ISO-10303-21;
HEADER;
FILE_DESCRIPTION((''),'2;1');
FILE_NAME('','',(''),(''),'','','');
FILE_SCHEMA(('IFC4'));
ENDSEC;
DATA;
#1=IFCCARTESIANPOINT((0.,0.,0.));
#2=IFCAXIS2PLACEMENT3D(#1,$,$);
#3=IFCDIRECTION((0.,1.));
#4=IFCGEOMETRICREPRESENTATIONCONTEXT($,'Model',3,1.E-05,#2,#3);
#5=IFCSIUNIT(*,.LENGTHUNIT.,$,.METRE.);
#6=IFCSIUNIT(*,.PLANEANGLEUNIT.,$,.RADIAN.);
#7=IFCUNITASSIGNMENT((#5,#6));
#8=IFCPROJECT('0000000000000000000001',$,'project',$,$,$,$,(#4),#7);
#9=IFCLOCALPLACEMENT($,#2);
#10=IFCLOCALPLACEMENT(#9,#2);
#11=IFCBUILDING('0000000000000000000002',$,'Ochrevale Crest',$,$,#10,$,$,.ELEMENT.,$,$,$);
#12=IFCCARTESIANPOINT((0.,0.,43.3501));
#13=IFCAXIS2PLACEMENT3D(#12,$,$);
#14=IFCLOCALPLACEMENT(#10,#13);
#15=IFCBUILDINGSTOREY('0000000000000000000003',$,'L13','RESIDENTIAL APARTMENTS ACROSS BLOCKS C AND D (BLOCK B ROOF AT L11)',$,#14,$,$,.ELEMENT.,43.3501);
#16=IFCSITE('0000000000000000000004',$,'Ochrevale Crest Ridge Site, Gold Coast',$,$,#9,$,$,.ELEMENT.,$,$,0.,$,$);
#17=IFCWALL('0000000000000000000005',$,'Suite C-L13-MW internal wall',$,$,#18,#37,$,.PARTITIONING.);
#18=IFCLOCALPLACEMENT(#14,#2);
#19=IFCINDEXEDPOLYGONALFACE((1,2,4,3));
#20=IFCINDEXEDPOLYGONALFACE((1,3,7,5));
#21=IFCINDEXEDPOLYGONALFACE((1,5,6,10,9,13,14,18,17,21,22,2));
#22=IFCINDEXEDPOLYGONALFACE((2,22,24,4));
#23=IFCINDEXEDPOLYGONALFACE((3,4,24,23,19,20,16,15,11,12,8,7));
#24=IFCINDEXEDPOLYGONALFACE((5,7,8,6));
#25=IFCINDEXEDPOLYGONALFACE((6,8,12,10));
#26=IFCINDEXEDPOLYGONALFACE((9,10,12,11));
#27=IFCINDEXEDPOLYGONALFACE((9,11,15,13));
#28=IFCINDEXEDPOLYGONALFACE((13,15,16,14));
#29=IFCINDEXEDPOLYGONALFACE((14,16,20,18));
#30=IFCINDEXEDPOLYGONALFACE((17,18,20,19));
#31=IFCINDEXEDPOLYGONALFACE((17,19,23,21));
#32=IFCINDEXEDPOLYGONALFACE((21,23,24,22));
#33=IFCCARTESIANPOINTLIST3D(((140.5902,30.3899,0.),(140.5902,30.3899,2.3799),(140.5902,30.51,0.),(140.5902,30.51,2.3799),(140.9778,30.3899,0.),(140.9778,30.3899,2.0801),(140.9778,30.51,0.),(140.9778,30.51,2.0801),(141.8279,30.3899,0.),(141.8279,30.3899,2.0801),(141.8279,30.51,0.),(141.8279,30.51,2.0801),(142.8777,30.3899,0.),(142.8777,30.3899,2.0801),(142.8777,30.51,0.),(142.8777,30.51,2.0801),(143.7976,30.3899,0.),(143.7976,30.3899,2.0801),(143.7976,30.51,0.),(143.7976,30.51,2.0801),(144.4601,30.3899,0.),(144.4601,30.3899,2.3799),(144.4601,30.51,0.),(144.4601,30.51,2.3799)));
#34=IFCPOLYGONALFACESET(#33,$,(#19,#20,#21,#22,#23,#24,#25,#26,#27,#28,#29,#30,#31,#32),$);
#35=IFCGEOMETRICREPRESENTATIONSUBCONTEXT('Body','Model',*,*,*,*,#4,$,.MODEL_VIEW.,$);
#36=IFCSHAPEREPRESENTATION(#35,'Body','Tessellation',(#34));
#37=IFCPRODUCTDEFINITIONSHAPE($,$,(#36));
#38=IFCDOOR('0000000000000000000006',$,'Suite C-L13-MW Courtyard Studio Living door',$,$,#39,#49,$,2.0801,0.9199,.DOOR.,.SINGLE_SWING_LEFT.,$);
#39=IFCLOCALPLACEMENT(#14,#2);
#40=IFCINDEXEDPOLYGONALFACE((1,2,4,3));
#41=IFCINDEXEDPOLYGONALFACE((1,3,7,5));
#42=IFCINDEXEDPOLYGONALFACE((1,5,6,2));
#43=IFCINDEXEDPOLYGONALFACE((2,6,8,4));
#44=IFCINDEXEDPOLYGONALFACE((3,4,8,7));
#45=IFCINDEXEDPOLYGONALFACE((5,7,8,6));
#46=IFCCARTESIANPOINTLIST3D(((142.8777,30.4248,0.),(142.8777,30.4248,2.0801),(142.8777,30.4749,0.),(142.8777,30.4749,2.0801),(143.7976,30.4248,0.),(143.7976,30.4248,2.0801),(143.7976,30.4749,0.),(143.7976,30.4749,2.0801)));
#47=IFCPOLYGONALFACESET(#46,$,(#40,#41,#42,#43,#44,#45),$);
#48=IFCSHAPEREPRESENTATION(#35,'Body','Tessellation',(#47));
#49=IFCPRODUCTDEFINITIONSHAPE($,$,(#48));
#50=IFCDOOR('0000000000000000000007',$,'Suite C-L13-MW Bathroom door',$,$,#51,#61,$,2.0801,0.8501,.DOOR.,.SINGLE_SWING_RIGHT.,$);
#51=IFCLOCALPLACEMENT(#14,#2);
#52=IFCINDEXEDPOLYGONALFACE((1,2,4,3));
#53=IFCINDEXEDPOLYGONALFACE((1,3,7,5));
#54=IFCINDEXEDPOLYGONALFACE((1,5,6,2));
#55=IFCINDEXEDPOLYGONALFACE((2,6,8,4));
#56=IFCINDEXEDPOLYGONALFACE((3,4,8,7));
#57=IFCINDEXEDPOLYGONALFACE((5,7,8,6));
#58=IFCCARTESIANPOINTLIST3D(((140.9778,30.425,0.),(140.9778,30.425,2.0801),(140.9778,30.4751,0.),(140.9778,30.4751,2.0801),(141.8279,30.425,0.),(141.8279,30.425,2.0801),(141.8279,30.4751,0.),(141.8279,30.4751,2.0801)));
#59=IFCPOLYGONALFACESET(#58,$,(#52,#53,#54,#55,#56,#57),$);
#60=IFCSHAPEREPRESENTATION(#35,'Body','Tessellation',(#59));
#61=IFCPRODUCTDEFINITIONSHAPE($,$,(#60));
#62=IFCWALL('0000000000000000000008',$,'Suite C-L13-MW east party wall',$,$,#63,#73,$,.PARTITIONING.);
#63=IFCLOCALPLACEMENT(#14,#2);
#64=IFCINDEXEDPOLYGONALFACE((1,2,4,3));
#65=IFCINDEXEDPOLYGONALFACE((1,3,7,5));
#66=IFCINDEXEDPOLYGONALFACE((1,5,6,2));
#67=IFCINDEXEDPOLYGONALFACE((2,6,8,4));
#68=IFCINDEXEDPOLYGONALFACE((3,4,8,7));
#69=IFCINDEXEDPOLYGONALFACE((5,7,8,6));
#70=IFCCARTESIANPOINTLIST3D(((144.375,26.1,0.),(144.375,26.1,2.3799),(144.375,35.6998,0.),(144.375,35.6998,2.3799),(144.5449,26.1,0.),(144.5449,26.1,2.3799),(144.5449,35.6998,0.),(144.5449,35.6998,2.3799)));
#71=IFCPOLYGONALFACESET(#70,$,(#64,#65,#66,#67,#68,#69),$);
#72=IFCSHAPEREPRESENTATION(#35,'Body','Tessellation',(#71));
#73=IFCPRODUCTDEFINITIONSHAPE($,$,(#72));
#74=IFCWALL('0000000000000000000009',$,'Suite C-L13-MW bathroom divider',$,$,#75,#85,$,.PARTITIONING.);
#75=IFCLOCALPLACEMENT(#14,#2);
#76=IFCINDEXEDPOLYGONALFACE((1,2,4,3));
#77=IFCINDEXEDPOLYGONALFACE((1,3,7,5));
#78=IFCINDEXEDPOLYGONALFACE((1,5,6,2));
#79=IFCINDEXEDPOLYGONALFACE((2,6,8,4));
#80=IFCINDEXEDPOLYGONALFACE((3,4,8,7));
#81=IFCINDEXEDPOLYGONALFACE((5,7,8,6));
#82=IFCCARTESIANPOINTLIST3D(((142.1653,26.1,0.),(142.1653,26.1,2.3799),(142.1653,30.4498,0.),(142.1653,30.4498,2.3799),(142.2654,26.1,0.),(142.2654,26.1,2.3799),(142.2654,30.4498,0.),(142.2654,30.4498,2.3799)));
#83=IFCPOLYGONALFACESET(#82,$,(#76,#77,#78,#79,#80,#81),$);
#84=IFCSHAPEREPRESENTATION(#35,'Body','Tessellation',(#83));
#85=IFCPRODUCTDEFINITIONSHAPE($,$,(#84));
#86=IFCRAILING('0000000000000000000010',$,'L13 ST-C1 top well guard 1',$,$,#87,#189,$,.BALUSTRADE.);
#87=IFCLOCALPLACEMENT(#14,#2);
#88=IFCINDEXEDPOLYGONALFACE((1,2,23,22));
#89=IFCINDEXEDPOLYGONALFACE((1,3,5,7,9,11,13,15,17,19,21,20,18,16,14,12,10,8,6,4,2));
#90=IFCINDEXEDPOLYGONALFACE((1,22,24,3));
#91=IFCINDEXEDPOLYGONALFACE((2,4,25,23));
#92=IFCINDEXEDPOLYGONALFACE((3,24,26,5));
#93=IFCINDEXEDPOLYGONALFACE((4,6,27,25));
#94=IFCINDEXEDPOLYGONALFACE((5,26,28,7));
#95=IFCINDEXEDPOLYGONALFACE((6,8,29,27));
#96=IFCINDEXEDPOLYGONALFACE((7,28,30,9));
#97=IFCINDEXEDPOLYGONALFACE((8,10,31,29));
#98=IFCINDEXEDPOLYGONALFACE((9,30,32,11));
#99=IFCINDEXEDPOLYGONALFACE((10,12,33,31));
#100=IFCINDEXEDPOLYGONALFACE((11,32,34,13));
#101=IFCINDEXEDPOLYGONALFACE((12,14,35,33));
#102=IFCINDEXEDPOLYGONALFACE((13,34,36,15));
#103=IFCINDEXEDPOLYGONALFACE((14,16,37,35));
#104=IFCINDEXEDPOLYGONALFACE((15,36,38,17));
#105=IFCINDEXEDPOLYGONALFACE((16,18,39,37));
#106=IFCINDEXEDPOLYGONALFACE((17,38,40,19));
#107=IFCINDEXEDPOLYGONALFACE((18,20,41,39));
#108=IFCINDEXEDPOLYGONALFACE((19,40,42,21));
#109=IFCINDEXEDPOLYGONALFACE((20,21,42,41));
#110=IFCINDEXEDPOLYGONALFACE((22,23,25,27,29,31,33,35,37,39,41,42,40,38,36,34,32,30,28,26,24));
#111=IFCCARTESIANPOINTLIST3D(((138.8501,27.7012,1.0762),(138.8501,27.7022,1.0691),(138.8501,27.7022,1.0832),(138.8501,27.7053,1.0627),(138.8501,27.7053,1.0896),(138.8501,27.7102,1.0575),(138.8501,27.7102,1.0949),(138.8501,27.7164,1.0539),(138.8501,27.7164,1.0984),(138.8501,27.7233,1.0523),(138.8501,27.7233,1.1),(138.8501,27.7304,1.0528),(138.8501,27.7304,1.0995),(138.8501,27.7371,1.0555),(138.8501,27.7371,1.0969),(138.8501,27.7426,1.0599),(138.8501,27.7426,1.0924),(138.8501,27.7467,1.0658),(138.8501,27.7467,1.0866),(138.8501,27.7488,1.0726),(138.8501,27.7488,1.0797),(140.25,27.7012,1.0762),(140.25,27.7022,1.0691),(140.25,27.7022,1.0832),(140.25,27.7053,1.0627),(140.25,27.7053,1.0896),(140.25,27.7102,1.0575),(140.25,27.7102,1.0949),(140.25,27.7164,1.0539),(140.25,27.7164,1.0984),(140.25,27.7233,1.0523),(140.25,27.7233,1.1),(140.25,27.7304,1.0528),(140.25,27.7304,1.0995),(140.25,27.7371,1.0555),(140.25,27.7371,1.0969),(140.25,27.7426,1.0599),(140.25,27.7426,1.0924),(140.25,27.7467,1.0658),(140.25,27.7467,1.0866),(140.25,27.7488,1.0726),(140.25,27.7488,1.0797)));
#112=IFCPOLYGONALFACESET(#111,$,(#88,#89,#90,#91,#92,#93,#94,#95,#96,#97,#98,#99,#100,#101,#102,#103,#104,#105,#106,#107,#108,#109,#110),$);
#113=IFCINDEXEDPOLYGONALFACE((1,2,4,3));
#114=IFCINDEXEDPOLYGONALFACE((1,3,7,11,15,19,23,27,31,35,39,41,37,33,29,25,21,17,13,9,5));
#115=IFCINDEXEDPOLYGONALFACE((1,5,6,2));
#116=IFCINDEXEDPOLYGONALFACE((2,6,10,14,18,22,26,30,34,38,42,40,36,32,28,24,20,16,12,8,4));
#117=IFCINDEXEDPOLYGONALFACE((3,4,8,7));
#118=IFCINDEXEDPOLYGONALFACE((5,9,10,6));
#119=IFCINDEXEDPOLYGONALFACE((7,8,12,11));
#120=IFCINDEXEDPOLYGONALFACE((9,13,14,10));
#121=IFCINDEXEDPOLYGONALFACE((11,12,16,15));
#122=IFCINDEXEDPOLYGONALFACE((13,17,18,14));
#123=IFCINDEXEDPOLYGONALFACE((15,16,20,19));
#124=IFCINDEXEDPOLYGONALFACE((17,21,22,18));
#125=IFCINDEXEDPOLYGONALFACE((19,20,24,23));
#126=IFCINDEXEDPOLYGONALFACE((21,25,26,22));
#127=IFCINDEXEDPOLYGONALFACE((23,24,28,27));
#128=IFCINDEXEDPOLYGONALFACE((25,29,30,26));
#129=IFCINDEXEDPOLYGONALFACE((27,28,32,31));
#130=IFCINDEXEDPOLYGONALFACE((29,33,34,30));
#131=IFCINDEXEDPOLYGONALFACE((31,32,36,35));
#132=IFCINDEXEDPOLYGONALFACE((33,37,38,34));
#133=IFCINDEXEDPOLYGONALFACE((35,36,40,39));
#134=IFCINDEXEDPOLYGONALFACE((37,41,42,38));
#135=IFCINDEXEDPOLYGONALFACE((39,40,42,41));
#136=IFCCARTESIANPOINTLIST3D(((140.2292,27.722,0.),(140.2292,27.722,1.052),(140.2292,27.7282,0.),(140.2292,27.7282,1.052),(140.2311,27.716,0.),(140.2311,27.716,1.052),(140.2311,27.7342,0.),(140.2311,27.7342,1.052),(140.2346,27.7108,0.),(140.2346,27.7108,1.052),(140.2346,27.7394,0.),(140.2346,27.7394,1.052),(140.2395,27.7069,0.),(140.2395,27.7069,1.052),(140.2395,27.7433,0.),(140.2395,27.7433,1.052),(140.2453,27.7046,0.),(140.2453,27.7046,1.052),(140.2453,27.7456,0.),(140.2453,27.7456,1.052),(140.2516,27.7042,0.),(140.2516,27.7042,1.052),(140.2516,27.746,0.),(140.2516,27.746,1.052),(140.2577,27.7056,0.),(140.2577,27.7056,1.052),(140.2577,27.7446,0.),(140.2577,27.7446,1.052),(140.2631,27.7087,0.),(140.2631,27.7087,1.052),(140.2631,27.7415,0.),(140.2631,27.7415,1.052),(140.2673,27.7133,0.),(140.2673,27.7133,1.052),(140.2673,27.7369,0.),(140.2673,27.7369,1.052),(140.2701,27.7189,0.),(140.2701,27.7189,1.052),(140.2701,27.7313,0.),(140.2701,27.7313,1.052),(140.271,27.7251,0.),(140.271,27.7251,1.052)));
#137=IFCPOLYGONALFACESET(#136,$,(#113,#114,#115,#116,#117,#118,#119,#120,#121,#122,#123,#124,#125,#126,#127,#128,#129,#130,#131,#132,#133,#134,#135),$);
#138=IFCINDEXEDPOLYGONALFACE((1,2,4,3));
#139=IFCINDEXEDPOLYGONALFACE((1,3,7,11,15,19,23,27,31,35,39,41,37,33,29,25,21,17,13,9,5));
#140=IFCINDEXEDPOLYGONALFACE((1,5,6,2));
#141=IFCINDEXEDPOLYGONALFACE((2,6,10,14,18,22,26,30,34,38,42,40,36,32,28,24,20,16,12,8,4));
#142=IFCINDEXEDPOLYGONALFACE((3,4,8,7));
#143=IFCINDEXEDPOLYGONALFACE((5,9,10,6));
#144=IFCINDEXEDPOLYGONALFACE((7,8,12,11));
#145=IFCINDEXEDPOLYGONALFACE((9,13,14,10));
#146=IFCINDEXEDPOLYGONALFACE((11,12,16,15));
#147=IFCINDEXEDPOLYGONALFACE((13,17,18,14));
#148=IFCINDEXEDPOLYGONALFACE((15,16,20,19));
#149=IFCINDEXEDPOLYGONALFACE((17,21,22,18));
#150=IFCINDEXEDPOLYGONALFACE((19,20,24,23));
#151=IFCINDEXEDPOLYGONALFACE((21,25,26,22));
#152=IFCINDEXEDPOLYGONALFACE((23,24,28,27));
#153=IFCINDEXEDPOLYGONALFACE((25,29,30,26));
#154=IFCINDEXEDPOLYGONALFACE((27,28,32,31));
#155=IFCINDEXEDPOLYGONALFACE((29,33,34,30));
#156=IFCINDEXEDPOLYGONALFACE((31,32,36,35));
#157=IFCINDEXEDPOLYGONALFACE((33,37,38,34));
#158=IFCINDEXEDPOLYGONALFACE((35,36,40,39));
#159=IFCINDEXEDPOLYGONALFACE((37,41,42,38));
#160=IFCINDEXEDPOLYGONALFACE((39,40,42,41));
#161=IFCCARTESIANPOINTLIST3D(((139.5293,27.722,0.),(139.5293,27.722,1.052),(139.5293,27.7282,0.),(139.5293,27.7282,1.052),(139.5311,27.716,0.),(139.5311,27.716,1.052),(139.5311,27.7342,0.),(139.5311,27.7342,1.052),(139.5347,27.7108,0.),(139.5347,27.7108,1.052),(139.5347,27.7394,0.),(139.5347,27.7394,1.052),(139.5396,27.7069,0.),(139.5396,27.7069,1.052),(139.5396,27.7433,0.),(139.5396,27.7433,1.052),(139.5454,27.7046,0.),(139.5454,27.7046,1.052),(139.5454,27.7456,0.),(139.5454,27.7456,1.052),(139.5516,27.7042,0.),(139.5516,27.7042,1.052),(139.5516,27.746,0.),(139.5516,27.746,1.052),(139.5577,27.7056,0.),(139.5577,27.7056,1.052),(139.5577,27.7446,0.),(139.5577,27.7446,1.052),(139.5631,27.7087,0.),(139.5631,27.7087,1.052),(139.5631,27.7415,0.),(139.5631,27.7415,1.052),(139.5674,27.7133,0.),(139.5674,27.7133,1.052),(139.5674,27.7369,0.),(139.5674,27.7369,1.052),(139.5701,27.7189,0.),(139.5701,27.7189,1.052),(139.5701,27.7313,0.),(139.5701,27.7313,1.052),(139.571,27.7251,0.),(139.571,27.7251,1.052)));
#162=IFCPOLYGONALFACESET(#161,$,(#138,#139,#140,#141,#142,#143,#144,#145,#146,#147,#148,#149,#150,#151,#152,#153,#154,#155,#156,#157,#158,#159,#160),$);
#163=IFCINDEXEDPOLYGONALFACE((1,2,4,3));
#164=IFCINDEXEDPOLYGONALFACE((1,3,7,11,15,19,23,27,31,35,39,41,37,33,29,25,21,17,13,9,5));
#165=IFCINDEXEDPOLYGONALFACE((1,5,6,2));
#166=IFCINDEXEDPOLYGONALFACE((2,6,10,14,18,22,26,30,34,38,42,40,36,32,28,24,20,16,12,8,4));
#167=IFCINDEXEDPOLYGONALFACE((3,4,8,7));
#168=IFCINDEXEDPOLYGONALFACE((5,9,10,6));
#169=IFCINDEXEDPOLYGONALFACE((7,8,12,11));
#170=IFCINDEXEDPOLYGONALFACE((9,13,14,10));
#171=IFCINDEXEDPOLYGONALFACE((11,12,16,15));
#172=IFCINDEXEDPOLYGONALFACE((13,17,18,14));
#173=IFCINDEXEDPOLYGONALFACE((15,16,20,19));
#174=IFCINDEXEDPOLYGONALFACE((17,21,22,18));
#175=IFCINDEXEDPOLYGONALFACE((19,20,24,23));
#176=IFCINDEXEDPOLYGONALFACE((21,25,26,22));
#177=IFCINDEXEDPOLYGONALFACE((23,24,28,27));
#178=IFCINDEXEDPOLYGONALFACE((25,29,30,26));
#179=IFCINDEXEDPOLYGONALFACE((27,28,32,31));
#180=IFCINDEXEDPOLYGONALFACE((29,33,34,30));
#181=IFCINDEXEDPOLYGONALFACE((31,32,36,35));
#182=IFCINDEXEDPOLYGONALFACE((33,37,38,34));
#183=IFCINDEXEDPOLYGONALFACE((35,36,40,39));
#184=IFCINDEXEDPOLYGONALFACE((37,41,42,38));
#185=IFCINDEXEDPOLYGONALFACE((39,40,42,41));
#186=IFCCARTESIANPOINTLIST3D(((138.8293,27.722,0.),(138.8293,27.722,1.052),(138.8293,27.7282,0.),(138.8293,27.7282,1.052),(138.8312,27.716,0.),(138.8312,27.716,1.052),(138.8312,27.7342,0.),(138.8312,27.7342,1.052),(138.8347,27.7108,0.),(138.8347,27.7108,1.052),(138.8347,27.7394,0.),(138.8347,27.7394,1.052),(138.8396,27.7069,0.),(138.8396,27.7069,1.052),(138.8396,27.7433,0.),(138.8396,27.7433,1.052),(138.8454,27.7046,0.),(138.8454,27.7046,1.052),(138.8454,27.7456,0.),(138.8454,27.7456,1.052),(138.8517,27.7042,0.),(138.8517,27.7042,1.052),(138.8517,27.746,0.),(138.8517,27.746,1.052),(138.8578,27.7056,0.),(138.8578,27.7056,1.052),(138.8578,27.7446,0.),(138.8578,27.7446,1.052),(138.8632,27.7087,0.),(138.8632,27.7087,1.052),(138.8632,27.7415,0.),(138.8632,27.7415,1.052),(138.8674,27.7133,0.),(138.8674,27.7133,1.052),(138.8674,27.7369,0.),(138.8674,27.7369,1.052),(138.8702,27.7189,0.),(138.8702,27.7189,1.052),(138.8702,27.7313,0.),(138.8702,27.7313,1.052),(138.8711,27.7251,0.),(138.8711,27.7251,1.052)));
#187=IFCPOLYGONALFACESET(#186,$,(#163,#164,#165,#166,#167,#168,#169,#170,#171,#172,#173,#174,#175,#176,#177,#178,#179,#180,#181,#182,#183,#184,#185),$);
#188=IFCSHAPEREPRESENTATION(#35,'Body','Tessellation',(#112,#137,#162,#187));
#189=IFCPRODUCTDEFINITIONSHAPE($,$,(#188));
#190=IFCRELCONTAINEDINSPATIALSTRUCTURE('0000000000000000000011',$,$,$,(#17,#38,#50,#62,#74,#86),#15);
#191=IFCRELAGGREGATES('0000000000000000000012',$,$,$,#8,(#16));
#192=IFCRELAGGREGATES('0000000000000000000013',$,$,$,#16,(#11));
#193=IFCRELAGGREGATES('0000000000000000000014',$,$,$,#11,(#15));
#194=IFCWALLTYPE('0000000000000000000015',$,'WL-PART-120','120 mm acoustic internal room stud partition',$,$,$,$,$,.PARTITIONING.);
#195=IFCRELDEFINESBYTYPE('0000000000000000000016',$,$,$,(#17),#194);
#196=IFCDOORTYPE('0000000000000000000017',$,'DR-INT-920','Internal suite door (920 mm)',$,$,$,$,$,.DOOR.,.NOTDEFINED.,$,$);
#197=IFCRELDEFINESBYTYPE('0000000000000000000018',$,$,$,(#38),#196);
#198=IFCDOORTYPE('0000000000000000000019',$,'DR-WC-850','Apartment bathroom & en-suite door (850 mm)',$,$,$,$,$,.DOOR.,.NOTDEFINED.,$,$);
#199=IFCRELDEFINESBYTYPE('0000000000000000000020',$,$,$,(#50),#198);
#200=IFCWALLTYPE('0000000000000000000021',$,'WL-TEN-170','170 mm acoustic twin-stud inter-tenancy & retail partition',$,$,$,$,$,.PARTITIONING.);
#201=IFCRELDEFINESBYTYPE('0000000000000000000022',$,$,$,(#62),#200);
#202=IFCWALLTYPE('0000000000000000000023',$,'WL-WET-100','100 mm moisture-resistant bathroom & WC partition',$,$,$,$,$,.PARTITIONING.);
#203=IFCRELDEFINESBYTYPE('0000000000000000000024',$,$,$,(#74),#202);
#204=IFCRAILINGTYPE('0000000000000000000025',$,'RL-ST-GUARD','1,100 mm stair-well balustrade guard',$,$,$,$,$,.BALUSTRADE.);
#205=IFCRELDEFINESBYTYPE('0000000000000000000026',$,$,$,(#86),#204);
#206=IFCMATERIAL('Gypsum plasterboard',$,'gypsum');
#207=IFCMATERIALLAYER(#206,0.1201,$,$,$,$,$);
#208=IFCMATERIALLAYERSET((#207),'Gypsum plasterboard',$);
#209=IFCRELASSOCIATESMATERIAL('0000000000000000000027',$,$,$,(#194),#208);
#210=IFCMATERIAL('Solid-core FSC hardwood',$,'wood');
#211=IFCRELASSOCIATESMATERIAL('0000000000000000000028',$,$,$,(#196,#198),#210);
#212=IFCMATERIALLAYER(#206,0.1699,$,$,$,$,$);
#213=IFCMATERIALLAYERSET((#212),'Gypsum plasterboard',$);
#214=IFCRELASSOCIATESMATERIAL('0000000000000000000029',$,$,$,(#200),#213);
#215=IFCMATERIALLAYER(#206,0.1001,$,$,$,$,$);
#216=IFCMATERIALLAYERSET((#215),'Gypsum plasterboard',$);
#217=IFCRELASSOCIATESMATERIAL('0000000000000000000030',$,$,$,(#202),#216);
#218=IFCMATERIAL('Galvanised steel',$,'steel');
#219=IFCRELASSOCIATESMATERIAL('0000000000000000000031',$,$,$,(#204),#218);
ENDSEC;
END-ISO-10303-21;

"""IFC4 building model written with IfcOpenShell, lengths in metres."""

from ifc_helpers import new_model, si_unit, direction, frame, frame_2d, origin, origin_2d, place, context, subcontext, project, spatial, rectangle, circle, extrude, material, layer, layer_set, type_object, element, fill, save


model = new_model("IFC4")

# Units and contexts
model_context = context("Model", 3, precision=1e-05, world=origin(), true_north=direction((0.0, 1.0)))
body_context = subcontext(model_context, "Body", "Model", "MODEL_VIEW")
ifc_project = project(units=[si_unit("LENGTHUNIT", "METRE"), si_unit("PLANEANGLEUNIT", "RADIAN")], contexts=[model_context])

# Site, building, storey
site_placement = place(None, origin())
site = spatial("IfcSite", under=ifc_project, at=site_placement, Name="Ochrevale Crest Ridge Site, Gold Coast", CompositionType="ELEMENT", RefElevation=0.0)
building_placement = place(site_placement, origin())
building = spatial("IfcBuilding", under=site, at=building_placement, Name="Ochrevale Crest", CompositionType="ELEMENT")
storey_placement = place(building_placement, frame((0.0, 0.0, 43.3501)))
storey = spatial("IfcBuildingStorey", under=building, at=storey_placement, Name="L13", Description="RESIDENTIAL APARTMENTS ACROSS BLOCKS C AND D (BLOCK B ROOF AT L11)", CompositionType="ELEMENT", Elevation=43.3501)

# Shared definitions
ifc_material_1 = material(Name="Gypsum plasterboard", Category="gypsum")
ifc_material_2 = material(Name="Solid-core FSC hardwood", Category="wood")

# Wall, openings, doors
ifc_layer_1 = layer(ifc_material_1, 0.1201)
ifc_layer_set_1 = layer_set([ifc_layer_1], Name="Gypsum plasterboard")
wall_type_1 = type_object("IfcWallType", Name="WL-PART-120", Description="120 mm acoustic internal room stud partition", PredefinedType="PARTITIONING", material=ifc_layer_set_1)
wall_1_placement = place(storey_placement, frame((140.5901, 30.45, 0.0), z_axis=(0.0, 0.0, 1.0), x_axis=(1.0, 0.0, 0.0)))
wall_1 = element("IfcWall", 1, at=wall_1_placement, inside=storey, type_object=wall_type_1, Name="Suite C-L13-MW internal wall", PredefinedType="PARTITIONING", context=body_context, shape_type="SweptSolid", body=[
    extrude(rectangle(XDim=3.8699, YDim=0.1201, at=frame_2d((1.9351, 0.0))), origin(), (0.0, 0.0, 1.0), 2.3799),
])
opening_1_placement = place(wall_1_placement, frame((1.2378, 0.0, 0.0), z_axis=(0.0, 0.0, 1.0), x_axis=(-1.0, 0.0, 0.0)))
opening_1 = element("IfcOpeningElement", 2, at=opening_1_placement, cuts=wall_1, PredefinedType="OPENING", context=body_context, shape_type="SweptSolid", body=[
    extrude(rectangle(XDim=0.8501, YDim=2.0801, at=frame_2d((0.425, 1.04))), frame((0.0, 0.0701, 0.0), z_axis=(0.0, -1.0, 0.0), x_axis=(1.0, 0.0, 0.0)), (0.0, 0.0, 1.0), 0.1401),
])
opening_2_placement = place(wall_1_placement, frame((2.2876, 0.0, 0.0)))
opening_2 = element("IfcOpeningElement", 3, at=opening_2_placement, cuts=wall_1, PredefinedType="OPENING", context=body_context, shape_type="SweptSolid", body=[
    extrude(rectangle(XDim=0.9199, YDim=2.0801, at=frame_2d((0.46, 1.04))), frame((0.0, 0.0701, 0.0), z_axis=(0.0, -1.0, 0.0), x_axis=(1.0, 0.0, 0.0)), (0.0, 0.0, 1.0), 0.1401),
])
door_type_1 = type_object("IfcDoorType", Name="DR-INT-920", Description="Internal suite door (920 mm)", OperationType="NOTDEFINED", PredefinedType="DOOR", material=ifc_material_2)
door_1_placement = place(opening_2_placement, origin())
door_1 = element("IfcDoor", 4, at=door_1_placement, inside=storey, type_object=door_type_1, Name="Suite C-L13-MW Courtyard Studio Living door", OperationType="SINGLE_SWING_LEFT", OverallHeight=2.0801, OverallWidth=0.9199, PredefinedType="DOOR", context=body_context, shape_type="SweptSolid", body=[
    extrude(rectangle(XDim=0.9199, YDim=2.0801, at=frame_2d((0.46, 1.04))), frame((0.0, 0.0249, 0.0), z_axis=(0.0, -1.0, 0.0), x_axis=(1.0, 0.0, 0.0)), (0.0, 0.0, 1.0), 0.05),
])
fill(opening_2, door_1)
door_type_2 = type_object("IfcDoorType", Name="DR-WC-850", Description="Apartment bathroom & en-suite door (850 mm)", OperationType="NOTDEFINED", PredefinedType="DOOR", material=ifc_material_2)
door_2_placement = place(opening_1_placement, origin())
door_2 = element("IfcDoor", 5, at=door_2_placement, inside=storey, type_object=door_type_2, Name="Suite C-L13-MW Bathroom door", OperationType="SINGLE_SWING_RIGHT", OverallHeight=2.0801, OverallWidth=0.8501, PredefinedType="DOOR", context=body_context, shape_type="SweptSolid", body=[
    extrude(rectangle(XDim=0.8501, YDim=2.0801, at=frame_2d((0.425, 1.04))), frame((0.0, 0.0249, 0.0), z_axis=(0.0, -1.0, 0.0), x_axis=(1.0, 0.0, 0.0)), (0.0, 0.0, 1.0), 0.05),
])
fill(opening_1, door_2)

# Walls
ifc_layer_2 = layer(ifc_material_1, 0.1699)
ifc_layer_set_2 = layer_set([ifc_layer_2], Name="Gypsum plasterboard")
wall_type_2 = type_object("IfcWallType", Name="WL-TEN-170", Description="170 mm acoustic twin-stud inter-tenancy & retail partition", PredefinedType="PARTITIONING", material=ifc_layer_set_2)
wall_2_placement = place(storey_placement, frame((144.46, 26.1001, 0.0), z_axis=(0.0, 0.0, 1.0), x_axis=(0.0, 1.0, 0.0)))
element("IfcWall", 6, at=wall_2_placement, inside=storey, type_object=wall_type_2, Name="Suite C-L13-MW east party wall", PredefinedType="PARTITIONING", context=body_context, shape_type="SweptSolid", body=[
    extrude(rectangle(XDim=9.5999, YDim=0.1699, at=frame_2d((4.7998, 0.0))), origin(), (0.0, 0.0, 1.0), 2.3799),
])
ifc_layer_3 = layer(ifc_material_1, 0.1001)
ifc_layer_set_3 = layer_set([ifc_layer_3], Name="Gypsum plasterboard")
wall_type_3 = type_object("IfcWallType", Name="WL-WET-100", Description="100 mm moisture-resistant bathroom & WC partition", PredefinedType="PARTITIONING", material=ifc_layer_set_3)
wall_3_placement = place(storey_placement, frame((142.2153, 26.1001, 0.0), z_axis=(0.0, 0.0, 1.0), x_axis=(0.0, 1.0, 0.0)))
element("IfcWall", 7, at=wall_3_placement, inside=storey, type_object=wall_type_3, Name="Suite C-L13-MW bathroom divider", PredefinedType="PARTITIONING", context=body_context, shape_type="SweptSolid", body=[
    extrude(rectangle(XDim=4.3499, YDim=0.1001, at=frame_2d((2.1748, 0.0))), origin(), (0.0, 0.0, 1.0), 2.3799),
])

# Railing
ifc_material_3 = material(Name="Galvanised steel", Category="steel")
railing_type = type_object("IfcRailingType", Name="RL-ST-GUARD", Description="1,100 mm stair-well balustrade guard", PredefinedType="BALUSTRADE", material=ifc_material_3)
railing_placement = place(storey_placement, frame((140.25, 27.7251, 0.0)))
element("IfcRailing", 8, at=railing_placement, inside=storey, type_object=railing_type, Name="L13 ST-C1 top well guard 1", PredefinedType="BALUSTRADE", context=body_context, shape_type="SweptSolid", body=[
    extrude(circle(Radius=0.0239, at=origin_2d()), frame((0.0, 0.0, 1.0762), z_axis=(-1.0, 0.0, 0.0), x_axis=(0.0, -1.0, 0.0)), (0.0, 0.0, 1.0), 1.3999),
    extrude(circle(Radius=0.021, at=origin_2d()), origin(), (0.0, 0.0, 1.0), 1.052),
    extrude(circle(Radius=0.021, at=origin_2d()), frame((-0.7, 0.0, 0.0)), (0.0, 0.0, 1.0), 1.052),
    extrude(circle(Radius=0.021, at=origin_2d()), frame((-1.3999, 0.0, 0.0)), (0.0, 0.0, 1.0), 1.052),
])

save(model, "model.ifc")
